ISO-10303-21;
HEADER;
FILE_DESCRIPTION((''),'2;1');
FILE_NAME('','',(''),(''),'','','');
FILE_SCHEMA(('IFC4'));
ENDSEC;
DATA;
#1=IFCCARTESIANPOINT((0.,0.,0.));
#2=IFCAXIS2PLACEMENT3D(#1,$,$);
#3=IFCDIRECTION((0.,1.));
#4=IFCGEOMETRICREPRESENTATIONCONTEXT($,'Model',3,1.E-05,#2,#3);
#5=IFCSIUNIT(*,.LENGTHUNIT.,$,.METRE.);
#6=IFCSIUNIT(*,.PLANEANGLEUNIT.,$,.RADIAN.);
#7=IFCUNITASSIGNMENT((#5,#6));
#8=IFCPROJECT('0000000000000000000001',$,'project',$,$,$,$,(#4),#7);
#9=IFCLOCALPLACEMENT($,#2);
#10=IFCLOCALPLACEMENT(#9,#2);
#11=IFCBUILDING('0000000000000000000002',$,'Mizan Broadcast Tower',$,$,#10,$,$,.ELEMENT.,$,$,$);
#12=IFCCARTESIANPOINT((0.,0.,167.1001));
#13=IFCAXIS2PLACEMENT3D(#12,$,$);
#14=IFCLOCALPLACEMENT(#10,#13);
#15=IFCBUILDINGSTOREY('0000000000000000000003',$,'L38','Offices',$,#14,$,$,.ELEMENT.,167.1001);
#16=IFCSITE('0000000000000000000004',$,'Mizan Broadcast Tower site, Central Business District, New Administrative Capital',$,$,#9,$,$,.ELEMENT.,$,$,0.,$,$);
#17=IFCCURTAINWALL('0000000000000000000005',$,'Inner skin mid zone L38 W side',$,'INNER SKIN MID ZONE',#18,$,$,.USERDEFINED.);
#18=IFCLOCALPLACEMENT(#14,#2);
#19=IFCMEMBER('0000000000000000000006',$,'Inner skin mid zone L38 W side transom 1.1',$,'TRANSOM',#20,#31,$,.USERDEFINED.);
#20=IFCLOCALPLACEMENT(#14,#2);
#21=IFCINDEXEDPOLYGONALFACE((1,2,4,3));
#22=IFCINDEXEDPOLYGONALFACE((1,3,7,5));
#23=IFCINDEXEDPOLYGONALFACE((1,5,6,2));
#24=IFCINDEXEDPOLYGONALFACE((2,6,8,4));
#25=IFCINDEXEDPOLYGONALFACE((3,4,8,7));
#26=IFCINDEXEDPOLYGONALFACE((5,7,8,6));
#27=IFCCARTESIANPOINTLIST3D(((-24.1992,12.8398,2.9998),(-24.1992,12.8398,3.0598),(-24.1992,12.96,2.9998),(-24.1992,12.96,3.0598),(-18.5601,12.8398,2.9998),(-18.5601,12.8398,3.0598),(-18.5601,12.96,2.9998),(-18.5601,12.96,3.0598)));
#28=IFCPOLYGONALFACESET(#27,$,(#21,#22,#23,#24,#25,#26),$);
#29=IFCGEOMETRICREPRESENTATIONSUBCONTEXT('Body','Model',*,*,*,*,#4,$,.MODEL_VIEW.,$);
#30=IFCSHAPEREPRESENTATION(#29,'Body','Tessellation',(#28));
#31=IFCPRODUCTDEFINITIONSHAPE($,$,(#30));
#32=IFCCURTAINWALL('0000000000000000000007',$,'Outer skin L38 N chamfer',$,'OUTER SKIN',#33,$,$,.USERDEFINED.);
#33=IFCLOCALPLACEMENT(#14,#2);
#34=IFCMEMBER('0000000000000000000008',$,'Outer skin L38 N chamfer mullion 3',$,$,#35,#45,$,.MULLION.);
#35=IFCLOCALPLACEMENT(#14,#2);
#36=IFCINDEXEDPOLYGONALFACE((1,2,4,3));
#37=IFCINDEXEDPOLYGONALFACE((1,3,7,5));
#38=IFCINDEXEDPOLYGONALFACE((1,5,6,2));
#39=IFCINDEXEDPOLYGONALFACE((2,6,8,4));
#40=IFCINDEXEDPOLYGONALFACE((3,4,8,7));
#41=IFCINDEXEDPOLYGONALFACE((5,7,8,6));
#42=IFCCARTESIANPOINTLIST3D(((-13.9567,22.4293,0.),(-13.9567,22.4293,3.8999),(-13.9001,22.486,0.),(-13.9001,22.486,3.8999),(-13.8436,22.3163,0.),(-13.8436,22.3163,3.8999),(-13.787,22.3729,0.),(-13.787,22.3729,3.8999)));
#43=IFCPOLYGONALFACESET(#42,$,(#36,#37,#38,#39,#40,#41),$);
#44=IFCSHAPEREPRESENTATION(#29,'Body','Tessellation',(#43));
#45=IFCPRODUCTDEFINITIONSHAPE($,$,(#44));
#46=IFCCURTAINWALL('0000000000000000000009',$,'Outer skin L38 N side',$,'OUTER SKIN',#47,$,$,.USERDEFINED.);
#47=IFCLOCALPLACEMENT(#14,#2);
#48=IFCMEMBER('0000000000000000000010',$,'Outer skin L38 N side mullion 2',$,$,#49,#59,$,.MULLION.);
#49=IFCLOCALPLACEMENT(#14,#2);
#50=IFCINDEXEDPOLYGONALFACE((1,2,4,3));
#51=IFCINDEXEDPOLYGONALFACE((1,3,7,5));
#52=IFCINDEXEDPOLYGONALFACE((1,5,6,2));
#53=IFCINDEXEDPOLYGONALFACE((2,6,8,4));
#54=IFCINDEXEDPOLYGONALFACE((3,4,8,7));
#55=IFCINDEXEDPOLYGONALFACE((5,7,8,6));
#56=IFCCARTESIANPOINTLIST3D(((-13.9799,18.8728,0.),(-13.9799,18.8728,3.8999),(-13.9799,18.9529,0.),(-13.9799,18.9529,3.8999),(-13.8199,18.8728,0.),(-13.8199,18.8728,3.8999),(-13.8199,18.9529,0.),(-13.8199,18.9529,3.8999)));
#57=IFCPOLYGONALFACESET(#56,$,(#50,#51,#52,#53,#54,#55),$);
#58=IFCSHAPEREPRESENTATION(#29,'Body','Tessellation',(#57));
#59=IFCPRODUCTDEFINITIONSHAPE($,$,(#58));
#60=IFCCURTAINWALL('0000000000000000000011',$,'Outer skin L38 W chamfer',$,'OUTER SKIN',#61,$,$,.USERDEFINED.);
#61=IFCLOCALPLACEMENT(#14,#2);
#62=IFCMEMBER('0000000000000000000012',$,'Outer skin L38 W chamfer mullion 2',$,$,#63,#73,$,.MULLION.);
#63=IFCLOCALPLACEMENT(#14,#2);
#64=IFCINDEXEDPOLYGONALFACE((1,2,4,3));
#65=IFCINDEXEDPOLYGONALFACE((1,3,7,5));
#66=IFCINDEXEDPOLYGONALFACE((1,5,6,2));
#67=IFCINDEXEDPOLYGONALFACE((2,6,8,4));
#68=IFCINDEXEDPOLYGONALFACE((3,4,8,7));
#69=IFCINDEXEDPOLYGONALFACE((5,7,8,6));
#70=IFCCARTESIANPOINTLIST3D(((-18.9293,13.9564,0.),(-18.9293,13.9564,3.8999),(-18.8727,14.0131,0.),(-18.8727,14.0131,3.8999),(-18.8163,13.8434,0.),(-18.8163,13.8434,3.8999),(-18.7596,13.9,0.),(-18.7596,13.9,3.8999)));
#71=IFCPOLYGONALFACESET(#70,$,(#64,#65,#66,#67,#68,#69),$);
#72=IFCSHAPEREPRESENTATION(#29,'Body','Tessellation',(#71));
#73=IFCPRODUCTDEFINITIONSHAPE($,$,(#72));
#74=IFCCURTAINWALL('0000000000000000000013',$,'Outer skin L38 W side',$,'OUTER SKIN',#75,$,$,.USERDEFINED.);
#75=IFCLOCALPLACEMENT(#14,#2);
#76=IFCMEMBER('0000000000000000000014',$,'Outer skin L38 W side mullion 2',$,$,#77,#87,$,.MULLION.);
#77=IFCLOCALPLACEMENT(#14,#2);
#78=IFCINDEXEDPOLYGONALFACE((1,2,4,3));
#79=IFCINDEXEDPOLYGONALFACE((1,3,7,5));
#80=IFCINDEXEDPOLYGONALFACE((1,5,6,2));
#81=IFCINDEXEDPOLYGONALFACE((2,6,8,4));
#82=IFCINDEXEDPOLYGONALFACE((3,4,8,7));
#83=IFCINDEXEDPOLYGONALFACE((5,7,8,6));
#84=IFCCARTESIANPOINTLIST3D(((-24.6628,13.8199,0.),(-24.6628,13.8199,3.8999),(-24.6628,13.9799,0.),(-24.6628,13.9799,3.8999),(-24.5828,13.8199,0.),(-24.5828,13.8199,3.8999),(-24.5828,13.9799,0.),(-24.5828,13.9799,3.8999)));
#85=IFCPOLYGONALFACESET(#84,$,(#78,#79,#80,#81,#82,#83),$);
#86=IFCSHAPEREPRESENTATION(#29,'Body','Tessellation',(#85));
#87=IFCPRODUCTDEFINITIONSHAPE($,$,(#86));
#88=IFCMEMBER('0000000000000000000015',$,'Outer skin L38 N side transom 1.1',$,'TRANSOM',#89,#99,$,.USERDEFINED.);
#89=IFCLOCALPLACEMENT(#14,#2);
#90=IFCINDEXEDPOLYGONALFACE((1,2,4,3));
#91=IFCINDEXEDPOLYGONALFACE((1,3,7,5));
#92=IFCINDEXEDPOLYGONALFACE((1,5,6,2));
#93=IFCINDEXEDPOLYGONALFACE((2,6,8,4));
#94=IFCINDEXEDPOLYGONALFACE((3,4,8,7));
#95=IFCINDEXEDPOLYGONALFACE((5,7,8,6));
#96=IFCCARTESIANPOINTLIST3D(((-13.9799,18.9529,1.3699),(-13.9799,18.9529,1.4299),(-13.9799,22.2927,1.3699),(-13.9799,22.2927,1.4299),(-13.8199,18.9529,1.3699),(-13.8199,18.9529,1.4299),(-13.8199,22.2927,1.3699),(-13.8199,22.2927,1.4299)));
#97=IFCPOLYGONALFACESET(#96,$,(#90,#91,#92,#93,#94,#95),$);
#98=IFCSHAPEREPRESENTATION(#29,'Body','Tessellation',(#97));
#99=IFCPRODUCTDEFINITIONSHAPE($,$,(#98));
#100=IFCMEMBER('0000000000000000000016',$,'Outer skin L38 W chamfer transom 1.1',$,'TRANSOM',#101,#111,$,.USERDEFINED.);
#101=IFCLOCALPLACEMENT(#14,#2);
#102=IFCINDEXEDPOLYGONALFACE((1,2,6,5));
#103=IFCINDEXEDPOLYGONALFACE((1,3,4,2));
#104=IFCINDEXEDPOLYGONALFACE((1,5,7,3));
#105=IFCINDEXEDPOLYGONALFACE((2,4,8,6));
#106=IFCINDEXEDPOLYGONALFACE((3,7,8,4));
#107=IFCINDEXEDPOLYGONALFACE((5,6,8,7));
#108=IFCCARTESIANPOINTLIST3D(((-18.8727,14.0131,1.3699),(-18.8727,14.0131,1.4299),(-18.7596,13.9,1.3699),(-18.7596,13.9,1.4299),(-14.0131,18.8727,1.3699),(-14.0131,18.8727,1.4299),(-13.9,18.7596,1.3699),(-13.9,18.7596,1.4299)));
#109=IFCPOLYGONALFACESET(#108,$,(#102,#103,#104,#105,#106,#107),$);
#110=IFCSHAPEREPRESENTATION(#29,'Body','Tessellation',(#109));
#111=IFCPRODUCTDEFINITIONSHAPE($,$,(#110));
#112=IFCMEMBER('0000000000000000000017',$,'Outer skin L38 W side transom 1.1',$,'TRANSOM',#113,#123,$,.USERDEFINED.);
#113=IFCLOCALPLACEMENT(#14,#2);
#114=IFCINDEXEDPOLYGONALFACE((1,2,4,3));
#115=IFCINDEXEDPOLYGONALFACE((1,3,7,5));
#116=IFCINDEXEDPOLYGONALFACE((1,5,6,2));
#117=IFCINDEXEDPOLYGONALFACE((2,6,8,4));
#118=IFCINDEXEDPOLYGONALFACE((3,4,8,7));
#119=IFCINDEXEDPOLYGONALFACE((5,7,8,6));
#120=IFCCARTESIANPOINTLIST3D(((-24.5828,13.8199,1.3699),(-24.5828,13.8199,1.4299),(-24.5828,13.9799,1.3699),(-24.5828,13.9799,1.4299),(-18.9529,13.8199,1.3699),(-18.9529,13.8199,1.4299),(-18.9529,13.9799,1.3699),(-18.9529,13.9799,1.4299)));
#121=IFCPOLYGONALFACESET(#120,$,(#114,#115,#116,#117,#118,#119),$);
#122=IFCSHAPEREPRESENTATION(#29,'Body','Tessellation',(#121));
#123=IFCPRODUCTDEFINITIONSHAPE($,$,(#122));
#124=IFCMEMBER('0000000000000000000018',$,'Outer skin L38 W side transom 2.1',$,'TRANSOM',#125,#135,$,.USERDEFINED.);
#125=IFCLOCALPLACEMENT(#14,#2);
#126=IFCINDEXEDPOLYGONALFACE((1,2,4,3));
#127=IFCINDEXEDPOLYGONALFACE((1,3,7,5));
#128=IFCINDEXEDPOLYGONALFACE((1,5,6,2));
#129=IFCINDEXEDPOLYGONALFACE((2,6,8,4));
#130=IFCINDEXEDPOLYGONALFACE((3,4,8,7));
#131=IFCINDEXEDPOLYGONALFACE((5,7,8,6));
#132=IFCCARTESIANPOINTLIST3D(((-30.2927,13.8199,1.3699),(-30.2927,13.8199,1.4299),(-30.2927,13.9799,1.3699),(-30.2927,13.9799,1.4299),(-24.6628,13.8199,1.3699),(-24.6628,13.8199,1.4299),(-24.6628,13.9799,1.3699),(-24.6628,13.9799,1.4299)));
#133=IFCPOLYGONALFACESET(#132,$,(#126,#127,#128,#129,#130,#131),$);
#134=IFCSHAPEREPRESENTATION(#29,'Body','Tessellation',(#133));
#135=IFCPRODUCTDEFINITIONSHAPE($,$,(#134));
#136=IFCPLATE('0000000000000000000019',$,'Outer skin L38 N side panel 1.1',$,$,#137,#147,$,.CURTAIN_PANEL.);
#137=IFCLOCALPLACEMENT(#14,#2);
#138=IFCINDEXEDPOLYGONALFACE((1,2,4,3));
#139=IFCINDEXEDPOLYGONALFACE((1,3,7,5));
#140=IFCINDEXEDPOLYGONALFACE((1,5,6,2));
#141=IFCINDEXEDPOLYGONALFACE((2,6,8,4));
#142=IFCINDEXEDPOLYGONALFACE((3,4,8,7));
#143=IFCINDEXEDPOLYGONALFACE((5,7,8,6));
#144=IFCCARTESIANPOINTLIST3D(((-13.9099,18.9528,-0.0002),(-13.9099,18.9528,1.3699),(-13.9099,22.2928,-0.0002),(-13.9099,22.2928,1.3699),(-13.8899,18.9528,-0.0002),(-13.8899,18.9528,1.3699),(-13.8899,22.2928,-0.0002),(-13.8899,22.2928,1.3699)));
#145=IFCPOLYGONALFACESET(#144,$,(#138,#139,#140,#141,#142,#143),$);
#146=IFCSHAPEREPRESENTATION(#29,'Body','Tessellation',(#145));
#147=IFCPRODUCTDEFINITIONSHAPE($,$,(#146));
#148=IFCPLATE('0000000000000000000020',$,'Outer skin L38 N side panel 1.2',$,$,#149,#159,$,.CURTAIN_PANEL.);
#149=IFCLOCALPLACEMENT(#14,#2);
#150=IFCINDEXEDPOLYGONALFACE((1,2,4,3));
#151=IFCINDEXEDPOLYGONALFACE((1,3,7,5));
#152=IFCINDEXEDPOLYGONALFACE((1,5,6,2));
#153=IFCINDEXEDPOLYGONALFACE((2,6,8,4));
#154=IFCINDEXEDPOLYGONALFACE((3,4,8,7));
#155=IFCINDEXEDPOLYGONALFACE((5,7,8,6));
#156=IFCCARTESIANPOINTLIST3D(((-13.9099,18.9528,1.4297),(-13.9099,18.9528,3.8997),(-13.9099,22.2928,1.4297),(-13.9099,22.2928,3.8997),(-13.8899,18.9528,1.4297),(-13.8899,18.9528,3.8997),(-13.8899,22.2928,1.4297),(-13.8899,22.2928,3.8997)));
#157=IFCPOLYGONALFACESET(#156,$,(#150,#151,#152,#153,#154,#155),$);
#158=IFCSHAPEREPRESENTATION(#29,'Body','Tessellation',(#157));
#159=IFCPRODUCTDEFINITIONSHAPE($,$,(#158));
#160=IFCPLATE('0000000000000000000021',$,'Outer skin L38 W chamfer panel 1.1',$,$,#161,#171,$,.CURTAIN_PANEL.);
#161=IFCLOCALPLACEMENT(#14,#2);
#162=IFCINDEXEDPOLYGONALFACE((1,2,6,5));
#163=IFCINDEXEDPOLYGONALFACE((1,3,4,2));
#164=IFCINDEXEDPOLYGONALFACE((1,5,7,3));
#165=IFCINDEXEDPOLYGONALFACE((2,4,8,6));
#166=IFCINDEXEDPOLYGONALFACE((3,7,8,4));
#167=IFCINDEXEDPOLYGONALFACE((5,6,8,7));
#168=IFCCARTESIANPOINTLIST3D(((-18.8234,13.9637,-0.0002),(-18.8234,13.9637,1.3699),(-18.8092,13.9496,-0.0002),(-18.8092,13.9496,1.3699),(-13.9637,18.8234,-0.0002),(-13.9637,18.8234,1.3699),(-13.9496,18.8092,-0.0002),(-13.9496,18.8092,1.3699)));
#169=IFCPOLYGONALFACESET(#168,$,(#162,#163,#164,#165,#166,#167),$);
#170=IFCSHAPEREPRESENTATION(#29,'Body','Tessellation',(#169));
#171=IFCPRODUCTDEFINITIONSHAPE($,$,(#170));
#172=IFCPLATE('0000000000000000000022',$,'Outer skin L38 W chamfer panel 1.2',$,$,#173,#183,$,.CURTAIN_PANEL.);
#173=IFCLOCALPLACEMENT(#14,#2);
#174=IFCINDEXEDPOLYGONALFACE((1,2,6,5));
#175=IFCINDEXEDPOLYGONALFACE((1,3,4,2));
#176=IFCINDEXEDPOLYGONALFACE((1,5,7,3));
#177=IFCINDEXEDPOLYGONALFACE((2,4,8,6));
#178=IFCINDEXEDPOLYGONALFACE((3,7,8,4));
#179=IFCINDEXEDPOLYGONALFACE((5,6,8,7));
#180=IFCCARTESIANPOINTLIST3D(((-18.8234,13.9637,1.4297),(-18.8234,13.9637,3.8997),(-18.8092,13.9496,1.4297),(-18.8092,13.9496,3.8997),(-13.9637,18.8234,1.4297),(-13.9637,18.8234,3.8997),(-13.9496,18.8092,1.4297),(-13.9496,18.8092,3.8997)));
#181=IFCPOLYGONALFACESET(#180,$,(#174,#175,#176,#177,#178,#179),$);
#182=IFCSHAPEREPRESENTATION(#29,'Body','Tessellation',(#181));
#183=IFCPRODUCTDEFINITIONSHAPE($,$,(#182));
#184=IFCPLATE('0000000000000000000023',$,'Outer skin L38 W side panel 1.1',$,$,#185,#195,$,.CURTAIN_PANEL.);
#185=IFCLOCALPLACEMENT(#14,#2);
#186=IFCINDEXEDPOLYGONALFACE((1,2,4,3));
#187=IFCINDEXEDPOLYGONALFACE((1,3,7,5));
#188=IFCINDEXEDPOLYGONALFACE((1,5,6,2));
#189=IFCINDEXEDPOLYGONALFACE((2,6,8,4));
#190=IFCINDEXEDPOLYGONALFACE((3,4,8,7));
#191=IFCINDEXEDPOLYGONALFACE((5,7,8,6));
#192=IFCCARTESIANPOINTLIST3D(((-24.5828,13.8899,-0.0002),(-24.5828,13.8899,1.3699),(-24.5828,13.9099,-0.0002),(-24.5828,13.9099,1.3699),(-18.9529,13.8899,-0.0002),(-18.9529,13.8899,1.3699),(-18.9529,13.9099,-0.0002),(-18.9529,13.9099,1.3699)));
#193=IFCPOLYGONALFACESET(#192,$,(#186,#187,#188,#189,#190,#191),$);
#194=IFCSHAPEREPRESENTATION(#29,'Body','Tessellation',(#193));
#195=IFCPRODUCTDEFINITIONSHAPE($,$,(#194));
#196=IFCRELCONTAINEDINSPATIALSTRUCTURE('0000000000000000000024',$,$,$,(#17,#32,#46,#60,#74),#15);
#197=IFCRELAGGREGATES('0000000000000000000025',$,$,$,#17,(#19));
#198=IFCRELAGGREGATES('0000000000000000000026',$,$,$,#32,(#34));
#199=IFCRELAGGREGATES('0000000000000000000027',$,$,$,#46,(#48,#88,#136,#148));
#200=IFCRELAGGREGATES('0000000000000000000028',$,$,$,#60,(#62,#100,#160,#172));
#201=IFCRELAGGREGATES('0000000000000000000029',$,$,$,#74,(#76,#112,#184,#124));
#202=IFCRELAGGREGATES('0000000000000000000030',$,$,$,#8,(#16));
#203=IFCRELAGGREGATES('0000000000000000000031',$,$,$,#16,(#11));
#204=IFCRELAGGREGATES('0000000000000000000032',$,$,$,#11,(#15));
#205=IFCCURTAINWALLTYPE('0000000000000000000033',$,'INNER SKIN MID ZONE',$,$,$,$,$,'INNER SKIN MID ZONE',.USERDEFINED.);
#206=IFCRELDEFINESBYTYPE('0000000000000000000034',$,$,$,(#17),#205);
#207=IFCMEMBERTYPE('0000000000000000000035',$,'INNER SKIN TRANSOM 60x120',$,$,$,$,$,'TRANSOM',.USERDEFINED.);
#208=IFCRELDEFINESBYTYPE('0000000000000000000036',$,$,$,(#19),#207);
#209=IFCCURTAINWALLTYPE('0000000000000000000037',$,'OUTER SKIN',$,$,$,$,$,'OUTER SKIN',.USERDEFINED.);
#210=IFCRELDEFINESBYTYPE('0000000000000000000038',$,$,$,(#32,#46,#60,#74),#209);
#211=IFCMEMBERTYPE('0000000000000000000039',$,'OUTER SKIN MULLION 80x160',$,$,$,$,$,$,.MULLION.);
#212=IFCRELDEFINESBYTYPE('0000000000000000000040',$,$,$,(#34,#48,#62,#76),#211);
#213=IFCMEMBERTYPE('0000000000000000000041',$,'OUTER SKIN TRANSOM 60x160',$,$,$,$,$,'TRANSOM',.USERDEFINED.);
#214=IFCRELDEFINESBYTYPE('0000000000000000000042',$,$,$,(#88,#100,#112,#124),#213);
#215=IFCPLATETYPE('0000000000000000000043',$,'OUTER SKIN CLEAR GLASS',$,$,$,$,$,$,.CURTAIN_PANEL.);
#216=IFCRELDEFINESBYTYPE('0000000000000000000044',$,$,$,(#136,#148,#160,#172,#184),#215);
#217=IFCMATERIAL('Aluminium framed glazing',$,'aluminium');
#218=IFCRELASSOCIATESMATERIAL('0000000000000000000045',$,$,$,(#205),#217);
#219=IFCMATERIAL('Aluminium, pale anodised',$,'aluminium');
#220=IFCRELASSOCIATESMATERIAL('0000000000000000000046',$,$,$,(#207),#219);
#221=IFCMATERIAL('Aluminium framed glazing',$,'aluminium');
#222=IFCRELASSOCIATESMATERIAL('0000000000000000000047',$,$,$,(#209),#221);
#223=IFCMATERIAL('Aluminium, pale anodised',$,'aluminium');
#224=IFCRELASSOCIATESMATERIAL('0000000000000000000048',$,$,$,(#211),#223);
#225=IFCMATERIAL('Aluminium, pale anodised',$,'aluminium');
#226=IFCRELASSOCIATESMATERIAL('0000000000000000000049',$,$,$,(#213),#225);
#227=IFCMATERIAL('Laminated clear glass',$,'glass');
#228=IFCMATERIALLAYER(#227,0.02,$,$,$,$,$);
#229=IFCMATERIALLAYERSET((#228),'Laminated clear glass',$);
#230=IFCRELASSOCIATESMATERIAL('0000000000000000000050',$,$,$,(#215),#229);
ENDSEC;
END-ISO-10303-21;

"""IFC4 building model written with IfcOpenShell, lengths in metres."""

from ifc_helpers import new_model, si_unit, direction, frame, origin, origin_2d, place, context, subcontext, project, spatial, rectangle, extrude, material, layer, layer_set, material_profile, profile_set, type_object, element, aggregate, save


model = new_model("IFC4")

# Units and contexts
model_context = context("Model", 3, precision=1e-05, world=origin(), true_north=direction((0.0, 1.0)))
body_context = subcontext(model_context, "Body", "Model", "MODEL_VIEW")
ifc_project = project(units=[si_unit("LENGTHUNIT", "METRE"), si_unit("PLANEANGLEUNIT", "RADIAN")], contexts=[model_context])

# Site, building, storey
site_placement = place(None, origin())
site = spatial("IfcSite", under=ifc_project, at=site_placement, Name="Mizan Broadcast Tower site, Central Business District, New Administrative Capital", CompositionType="ELEMENT", RefElevation=0.0)
building_placement = place(site_placement, origin())
building = spatial("IfcBuilding", under=site, at=building_placement, Name="Mizan Broadcast Tower", CompositionType="ELEMENT")
storey_placement = place(building_placement, frame((0.0, 0.0, 167.1001)))
storey = spatial("IfcBuildingStorey", under=building, at=storey_placement, Name="L38", Description="Offices", CompositionType="ELEMENT", Elevation=167.1001)

# Curtain walls, members
ifc_material_1 = material(Name="Aluminium framed glazing", Category="aluminium")
curtain_wall_type_1 = type_object("IfcCurtainWallType", Name="INNER SKIN MID ZONE", ElementType="INNER SKIN MID ZONE", PredefinedType="USERDEFINED", material=ifc_material_1)
curtain_wall_1_placement = place(storey_placement, origin())
curtain_wall_1 = element("IfcCurtainWall", 1, at=curtain_wall_1_placement, inside=storey, type_object=curtain_wall_type_1, Name="Inner skin mid zone L38 W side", ObjectType="INNER SKIN MID ZONE", PredefinedType="USERDEFINED")
ifc_material_2 = material(Name="Aluminium, pale anodised", Category="aluminium")
ifc_material_profile_1 = material_profile(ifc_material_2, rectangle(XDim=0.1201, YDim=0.0601, at=origin_2d()), Name="TRANSOM 120x60")
ifc_profile_set_1 = profile_set([ifc_material_profile_1], Name="Aluminium, pale anodised")
member_type_1 = type_object("IfcMemberType", Name="INNER SKIN TRANSOM 60x120", ElementType="TRANSOM", PredefinedType="USERDEFINED", material=ifc_profile_set_1)
member_1_placement = place(storey_placement, frame((-18.5601, 12.8999, 3.0298), z_axis=(-1.0, 0.0, 0.0), x_axis=(0.0, -1.0, 0.0)))
member_1 = element("IfcMember", 2, at=member_1_placement, type_object=member_type_1, Name="Inner skin mid zone L38 W side transom 1.1", ObjectType="TRANSOM", PredefinedType="USERDEFINED", context=body_context, shape_type="SweptSolid", body=[
    extrude(rectangle(XDim=0.1201, YDim=0.0601, at=origin_2d()), origin(), (0.0, 0.0, 1.0), 5.6392),
])
aggregate(curtain_wall_1, [member_1])
ifc_material_3 = material(Name="Aluminium framed glazing", Category="aluminium")
curtain_wall_type_2 = type_object("IfcCurtainWallType", Name="OUTER SKIN", ElementType="OUTER SKIN", PredefinedType="USERDEFINED", material=ifc_material_3)
curtain_wall_2_placement = place(storey_placement, origin())
curtain_wall_2 = element("IfcCurtainWall", 3, at=curtain_wall_2_placement, inside=storey, type_object=curtain_wall_type_2, Name="Outer skin L38 N chamfer", ObjectType="OUTER SKIN", PredefinedType="USERDEFINED")
ifc_material_4 = material(Name="Aluminium, pale anodised", Category="aluminium")
ifc_material_profile_2 = material_profile(ifc_material_4, rectangle(XDim=0.1599, YDim=0.0801, at=origin_2d()), Name="MULLION 160x80")
ifc_profile_set_2 = profile_set([ifc_material_profile_2], Name="Aluminium, pale anodised")
member_type_2 = type_object("IfcMemberType", Name="OUTER SKIN MULLION 80x160", PredefinedType="MULLION", material=ifc_profile_set_2)
member_2_placement = place(storey_placement, frame((-13.8718, 22.4011, 0.0), z_axis=(0.0, 0.0, 1.0), x_axis=(0.707107, -0.707107, 0.0)))
member_2 = element("IfcMember", 4, at=member_2_placement, type_object=member_type_2, Name="Outer skin L38 N chamfer mullion 3", PredefinedType="MULLION", context=body_context, shape_type="SweptSolid", body=[
    extrude(rectangle(XDim=0.1599, YDim=0.0801, at=origin_2d()), origin(), (0.0, 0.0, 1.0), 3.8999),
])
aggregate(curtain_wall_2, [member_2])
curtain_wall_3_placement = place(storey_placement, origin())
curtain_wall_3 = element("IfcCurtainWall", 5, at=curtain_wall_3_placement, inside=storey, type_object=curtain_wall_type_2, Name="Outer skin L38 N side", ObjectType="OUTER SKIN", PredefinedType="USERDEFINED")
member_3_placement = place(storey_placement, frame((-13.8999, 18.9128, 0.0), z_axis=(0.0, 0.0, 1.0), x_axis=(1.0, 0.0, 0.0)))
member_3 = element("IfcMember", 6, at=member_3_placement, type_object=member_type_2, Name="Outer skin L38 N side mullion 2", PredefinedType="MULLION", context=body_context, shape_type="SweptSolid", body=[
    extrude(rectangle(XDim=0.1599, YDim=0.0801, at=origin_2d()), origin(), (0.0, 0.0, 1.0), 3.8999),
])
curtain_wall_4_placement = place(storey_placement, origin())
curtain_wall_4 = element("IfcCurtainWall", 7, at=curtain_wall_4_placement, inside=storey, type_object=curtain_wall_type_2, Name="Outer skin L38 W chamfer", ObjectType="OUTER SKIN", PredefinedType="USERDEFINED")
member_4_placement = place(storey_placement, frame((-18.8445, 13.9282, 0.0), z_axis=(0.0, 0.0, 1.0), x_axis=(0.707107, -0.707107, 0.0)))
member_4 = element("IfcMember", 8, at=member_4_placement, type_object=member_type_2, Name="Outer skin L38 W chamfer mullion 2", PredefinedType="MULLION", context=body_context, shape_type="SweptSolid", body=[
    extrude(rectangle(XDim=0.1599, YDim=0.0801, at=origin_2d()), origin(), (0.0, 0.0, 1.0), 3.8999),
])
curtain_wall_5_placement = place(storey_placement, origin())
curtain_wall_5 = element("IfcCurtainWall", 9, at=curtain_wall_5_placement, inside=storey, type_object=curtain_wall_type_2, Name="Outer skin L38 W side", ObjectType="OUTER SKIN", PredefinedType="USERDEFINED")
member_5_placement = place(storey_placement, frame((-24.6228, 13.8999, 0.0), z_axis=(0.0, 0.0, 1.0), x_axis=(0.0, -1.0, 0.0)))
member_5 = element("IfcMember", 10, at=member_5_placement, type_object=member_type_2, Name="Outer skin L38 W side mullion 2", PredefinedType="MULLION", context=body_context, shape_type="SweptSolid", body=[
    extrude(rectangle(XDim=0.1599, YDim=0.0801, at=origin_2d()), origin(), (0.0, 0.0, 1.0), 3.8999),
])

# Members
ifc_material_5 = material(Name="Aluminium, pale anodised", Category="aluminium")
ifc_material_profile_3 = material_profile(ifc_material_5, rectangle(XDim=0.1599, YDim=0.0601, at=origin_2d()), Name="TRANSOM 160x60")
ifc_profile_set_3 = profile_set([ifc_material_profile_3], Name="Aluminium, pale anodised")
member_type_3 = type_object("IfcMemberType", Name="OUTER SKIN TRANSOM 60x160", ElementType="TRANSOM", PredefinedType="USERDEFINED", material=ifc_profile_set_3)
member_6_placement = place(storey_placement, frame((-13.8999, 22.2927, 1.3999), z_axis=(0.0, -1.0, 0.0), x_axis=(1.0, 0.0, 0.0)))
member_6 = element("IfcMember", 11, at=member_6_placement, type_object=member_type_3, Name="Outer skin L38 N side transom 1.1", ObjectType="TRANSOM", PredefinedType="USERDEFINED", context=body_context, shape_type="SweptSolid", body=[
    extrude(rectangle(XDim=0.1599, YDim=0.0601, at=origin_2d()), origin(), (0.0, 0.0, 1.0), 3.3398),
])
member_7_placement = place(storey_placement, frame((-13.9565, 18.8162, 1.3999), z_axis=(-0.707107, -0.707107, 0.0), x_axis=(0.707107, -0.707107, 0.0)))
member_7 = element("IfcMember", 12, at=member_7_placement, type_object=member_type_3, Name="Outer skin L38 W chamfer transom 1.1", ObjectType="TRANSOM", PredefinedType="USERDEFINED", context=body_context, shape_type="SweptSolid", body=[
    extrude(rectangle(XDim=0.1599, YDim=0.0601, at=origin_2d()), origin(), (0.0, 0.0, 1.0), 6.8726),
])
member_8_placement = place(storey_placement, frame((-18.9529, 13.8999, 1.3999), z_axis=(-1.0, 0.0, 0.0), x_axis=(0.0, -1.0, 0.0)))
member_8 = element("IfcMember", 13, at=member_8_placement, type_object=member_type_3, Name="Outer skin L38 W side transom 1.1", ObjectType="TRANSOM", PredefinedType="USERDEFINED", context=body_context, shape_type="SweptSolid", body=[
    extrude(rectangle(XDim=0.1599, YDim=0.0601, at=origin_2d()), origin(), (0.0, 0.0, 1.0), 5.6299),
])
member_9_placement = place(storey_placement, frame((-24.6628, 13.8999, 1.3999), z_axis=(-1.0, 0.0, 0.0), x_axis=(0.0, -1.0, 0.0)))
member_9 = element("IfcMember", 14, at=member_9_placement, type_object=member_type_3, Name="Outer skin L38 W side transom 2.1", ObjectType="TRANSOM", PredefinedType="USERDEFINED", context=body_context, shape_type="SweptSolid", body=[
    extrude(rectangle(XDim=0.1599, YDim=0.0601, at=origin_2d()), origin(), (0.0, 0.0, 1.0), 5.6299),
])

# Plates
ifc_material_6 = material(Name="Laminated clear glass", Category="glass")
ifc_layer = layer(ifc_material_6, 0.02)
ifc_layer_set = layer_set([ifc_layer], Name="Laminated clear glass")
plate_type = type_object("IfcPlateType", Name="OUTER SKIN CLEAR GLASS", PredefinedType="CURTAIN_PANEL", material=ifc_layer_set)
plate_1_placement = place(storey_placement, frame((-13.8999, 20.6228, -0.0002), z_axis=(0.0, 0.0, 1.0), x_axis=(0.0, -1.0, 0.0)))
plate_1 = element("IfcPlate", 15, at=plate_1_placement, type_object=plate_type, Name="Outer skin L38 N side panel 1.1", PredefinedType="CURTAIN_PANEL", context=body_context, shape_type="SweptSolid", body=[
    extrude(rectangle(XDim=3.3401, YDim=0.02, at=origin_2d()), origin(), (0.0, 0.0, 1.0), 1.3701),
])
plate_2_placement = place(storey_placement, frame((-13.8999, 20.6228, 1.4297), z_axis=(0.0, 0.0, 1.0), x_axis=(0.0, -1.0, 0.0)))
plate_2 = element("IfcPlate", 16, at=plate_2_placement, type_object=plate_type, Name="Outer skin L38 N side panel 1.2", PredefinedType="CURTAIN_PANEL", context=body_context, shape_type="SweptSolid", body=[
    extrude(rectangle(XDim=3.3401, YDim=0.02, at=origin_2d()), origin(), (0.0, 0.0, 1.0), 2.47),
])
aggregate(curtain_wall_3, [member_3, member_6, plate_1, plate_2])
plate_3_placement = place(storey_placement, frame((-16.3865, 16.3865, -0.0002), z_axis=(0.0, 0.0, 1.0), x_axis=(-0.707107, -0.707107, 0.0)))
plate_3 = element("IfcPlate", 17, at=plate_3_placement, type_object=plate_type, Name="Outer skin L38 W chamfer panel 1.1", PredefinedType="CURTAIN_PANEL", context=body_context, shape_type="SweptSolid", body=[
    extrude(rectangle(XDim=6.8726, YDim=0.02, at=origin_2d()), origin(), (0.0, 0.0, 1.0), 1.3701),
])
plate_4_placement = place(storey_placement, frame((-16.3865, 16.3865, 1.4297), z_axis=(0.0, 0.0, 1.0), x_axis=(-0.707107, -0.707107, 0.0)))
plate_4 = element("IfcPlate", 18, at=plate_4_placement, type_object=plate_type, Name="Outer skin L38 W chamfer panel 1.2", PredefinedType="CURTAIN_PANEL", context=body_context, shape_type="SweptSolid", body=[
    extrude(rectangle(XDim=6.8726, YDim=0.02, at=origin_2d()), origin(), (0.0, 0.0, 1.0), 2.47),
])
aggregate(curtain_wall_4, [member_4, member_7, plate_3, plate_4])
plate_5_placement = place(storey_placement, frame((-21.7678, 13.8999, -0.0002), z_axis=(0.0, 0.0, 1.0), x_axis=(-1.0, 0.0, 0.0)))
plate_5 = element("IfcPlate", 19, at=plate_5_placement, type_object=plate_type, Name="Outer skin L38 W side panel 1.1", PredefinedType="CURTAIN_PANEL", context=body_context, shape_type="SweptSolid", body=[
    extrude(rectangle(XDim=5.6299, YDim=0.02, at=origin_2d()), origin(), (0.0, 0.0, 1.0), 1.3701),
])
aggregate(curtain_wall_5, [member_5, member_8, plate_5, member_9])

save(model, "model.ifc")
